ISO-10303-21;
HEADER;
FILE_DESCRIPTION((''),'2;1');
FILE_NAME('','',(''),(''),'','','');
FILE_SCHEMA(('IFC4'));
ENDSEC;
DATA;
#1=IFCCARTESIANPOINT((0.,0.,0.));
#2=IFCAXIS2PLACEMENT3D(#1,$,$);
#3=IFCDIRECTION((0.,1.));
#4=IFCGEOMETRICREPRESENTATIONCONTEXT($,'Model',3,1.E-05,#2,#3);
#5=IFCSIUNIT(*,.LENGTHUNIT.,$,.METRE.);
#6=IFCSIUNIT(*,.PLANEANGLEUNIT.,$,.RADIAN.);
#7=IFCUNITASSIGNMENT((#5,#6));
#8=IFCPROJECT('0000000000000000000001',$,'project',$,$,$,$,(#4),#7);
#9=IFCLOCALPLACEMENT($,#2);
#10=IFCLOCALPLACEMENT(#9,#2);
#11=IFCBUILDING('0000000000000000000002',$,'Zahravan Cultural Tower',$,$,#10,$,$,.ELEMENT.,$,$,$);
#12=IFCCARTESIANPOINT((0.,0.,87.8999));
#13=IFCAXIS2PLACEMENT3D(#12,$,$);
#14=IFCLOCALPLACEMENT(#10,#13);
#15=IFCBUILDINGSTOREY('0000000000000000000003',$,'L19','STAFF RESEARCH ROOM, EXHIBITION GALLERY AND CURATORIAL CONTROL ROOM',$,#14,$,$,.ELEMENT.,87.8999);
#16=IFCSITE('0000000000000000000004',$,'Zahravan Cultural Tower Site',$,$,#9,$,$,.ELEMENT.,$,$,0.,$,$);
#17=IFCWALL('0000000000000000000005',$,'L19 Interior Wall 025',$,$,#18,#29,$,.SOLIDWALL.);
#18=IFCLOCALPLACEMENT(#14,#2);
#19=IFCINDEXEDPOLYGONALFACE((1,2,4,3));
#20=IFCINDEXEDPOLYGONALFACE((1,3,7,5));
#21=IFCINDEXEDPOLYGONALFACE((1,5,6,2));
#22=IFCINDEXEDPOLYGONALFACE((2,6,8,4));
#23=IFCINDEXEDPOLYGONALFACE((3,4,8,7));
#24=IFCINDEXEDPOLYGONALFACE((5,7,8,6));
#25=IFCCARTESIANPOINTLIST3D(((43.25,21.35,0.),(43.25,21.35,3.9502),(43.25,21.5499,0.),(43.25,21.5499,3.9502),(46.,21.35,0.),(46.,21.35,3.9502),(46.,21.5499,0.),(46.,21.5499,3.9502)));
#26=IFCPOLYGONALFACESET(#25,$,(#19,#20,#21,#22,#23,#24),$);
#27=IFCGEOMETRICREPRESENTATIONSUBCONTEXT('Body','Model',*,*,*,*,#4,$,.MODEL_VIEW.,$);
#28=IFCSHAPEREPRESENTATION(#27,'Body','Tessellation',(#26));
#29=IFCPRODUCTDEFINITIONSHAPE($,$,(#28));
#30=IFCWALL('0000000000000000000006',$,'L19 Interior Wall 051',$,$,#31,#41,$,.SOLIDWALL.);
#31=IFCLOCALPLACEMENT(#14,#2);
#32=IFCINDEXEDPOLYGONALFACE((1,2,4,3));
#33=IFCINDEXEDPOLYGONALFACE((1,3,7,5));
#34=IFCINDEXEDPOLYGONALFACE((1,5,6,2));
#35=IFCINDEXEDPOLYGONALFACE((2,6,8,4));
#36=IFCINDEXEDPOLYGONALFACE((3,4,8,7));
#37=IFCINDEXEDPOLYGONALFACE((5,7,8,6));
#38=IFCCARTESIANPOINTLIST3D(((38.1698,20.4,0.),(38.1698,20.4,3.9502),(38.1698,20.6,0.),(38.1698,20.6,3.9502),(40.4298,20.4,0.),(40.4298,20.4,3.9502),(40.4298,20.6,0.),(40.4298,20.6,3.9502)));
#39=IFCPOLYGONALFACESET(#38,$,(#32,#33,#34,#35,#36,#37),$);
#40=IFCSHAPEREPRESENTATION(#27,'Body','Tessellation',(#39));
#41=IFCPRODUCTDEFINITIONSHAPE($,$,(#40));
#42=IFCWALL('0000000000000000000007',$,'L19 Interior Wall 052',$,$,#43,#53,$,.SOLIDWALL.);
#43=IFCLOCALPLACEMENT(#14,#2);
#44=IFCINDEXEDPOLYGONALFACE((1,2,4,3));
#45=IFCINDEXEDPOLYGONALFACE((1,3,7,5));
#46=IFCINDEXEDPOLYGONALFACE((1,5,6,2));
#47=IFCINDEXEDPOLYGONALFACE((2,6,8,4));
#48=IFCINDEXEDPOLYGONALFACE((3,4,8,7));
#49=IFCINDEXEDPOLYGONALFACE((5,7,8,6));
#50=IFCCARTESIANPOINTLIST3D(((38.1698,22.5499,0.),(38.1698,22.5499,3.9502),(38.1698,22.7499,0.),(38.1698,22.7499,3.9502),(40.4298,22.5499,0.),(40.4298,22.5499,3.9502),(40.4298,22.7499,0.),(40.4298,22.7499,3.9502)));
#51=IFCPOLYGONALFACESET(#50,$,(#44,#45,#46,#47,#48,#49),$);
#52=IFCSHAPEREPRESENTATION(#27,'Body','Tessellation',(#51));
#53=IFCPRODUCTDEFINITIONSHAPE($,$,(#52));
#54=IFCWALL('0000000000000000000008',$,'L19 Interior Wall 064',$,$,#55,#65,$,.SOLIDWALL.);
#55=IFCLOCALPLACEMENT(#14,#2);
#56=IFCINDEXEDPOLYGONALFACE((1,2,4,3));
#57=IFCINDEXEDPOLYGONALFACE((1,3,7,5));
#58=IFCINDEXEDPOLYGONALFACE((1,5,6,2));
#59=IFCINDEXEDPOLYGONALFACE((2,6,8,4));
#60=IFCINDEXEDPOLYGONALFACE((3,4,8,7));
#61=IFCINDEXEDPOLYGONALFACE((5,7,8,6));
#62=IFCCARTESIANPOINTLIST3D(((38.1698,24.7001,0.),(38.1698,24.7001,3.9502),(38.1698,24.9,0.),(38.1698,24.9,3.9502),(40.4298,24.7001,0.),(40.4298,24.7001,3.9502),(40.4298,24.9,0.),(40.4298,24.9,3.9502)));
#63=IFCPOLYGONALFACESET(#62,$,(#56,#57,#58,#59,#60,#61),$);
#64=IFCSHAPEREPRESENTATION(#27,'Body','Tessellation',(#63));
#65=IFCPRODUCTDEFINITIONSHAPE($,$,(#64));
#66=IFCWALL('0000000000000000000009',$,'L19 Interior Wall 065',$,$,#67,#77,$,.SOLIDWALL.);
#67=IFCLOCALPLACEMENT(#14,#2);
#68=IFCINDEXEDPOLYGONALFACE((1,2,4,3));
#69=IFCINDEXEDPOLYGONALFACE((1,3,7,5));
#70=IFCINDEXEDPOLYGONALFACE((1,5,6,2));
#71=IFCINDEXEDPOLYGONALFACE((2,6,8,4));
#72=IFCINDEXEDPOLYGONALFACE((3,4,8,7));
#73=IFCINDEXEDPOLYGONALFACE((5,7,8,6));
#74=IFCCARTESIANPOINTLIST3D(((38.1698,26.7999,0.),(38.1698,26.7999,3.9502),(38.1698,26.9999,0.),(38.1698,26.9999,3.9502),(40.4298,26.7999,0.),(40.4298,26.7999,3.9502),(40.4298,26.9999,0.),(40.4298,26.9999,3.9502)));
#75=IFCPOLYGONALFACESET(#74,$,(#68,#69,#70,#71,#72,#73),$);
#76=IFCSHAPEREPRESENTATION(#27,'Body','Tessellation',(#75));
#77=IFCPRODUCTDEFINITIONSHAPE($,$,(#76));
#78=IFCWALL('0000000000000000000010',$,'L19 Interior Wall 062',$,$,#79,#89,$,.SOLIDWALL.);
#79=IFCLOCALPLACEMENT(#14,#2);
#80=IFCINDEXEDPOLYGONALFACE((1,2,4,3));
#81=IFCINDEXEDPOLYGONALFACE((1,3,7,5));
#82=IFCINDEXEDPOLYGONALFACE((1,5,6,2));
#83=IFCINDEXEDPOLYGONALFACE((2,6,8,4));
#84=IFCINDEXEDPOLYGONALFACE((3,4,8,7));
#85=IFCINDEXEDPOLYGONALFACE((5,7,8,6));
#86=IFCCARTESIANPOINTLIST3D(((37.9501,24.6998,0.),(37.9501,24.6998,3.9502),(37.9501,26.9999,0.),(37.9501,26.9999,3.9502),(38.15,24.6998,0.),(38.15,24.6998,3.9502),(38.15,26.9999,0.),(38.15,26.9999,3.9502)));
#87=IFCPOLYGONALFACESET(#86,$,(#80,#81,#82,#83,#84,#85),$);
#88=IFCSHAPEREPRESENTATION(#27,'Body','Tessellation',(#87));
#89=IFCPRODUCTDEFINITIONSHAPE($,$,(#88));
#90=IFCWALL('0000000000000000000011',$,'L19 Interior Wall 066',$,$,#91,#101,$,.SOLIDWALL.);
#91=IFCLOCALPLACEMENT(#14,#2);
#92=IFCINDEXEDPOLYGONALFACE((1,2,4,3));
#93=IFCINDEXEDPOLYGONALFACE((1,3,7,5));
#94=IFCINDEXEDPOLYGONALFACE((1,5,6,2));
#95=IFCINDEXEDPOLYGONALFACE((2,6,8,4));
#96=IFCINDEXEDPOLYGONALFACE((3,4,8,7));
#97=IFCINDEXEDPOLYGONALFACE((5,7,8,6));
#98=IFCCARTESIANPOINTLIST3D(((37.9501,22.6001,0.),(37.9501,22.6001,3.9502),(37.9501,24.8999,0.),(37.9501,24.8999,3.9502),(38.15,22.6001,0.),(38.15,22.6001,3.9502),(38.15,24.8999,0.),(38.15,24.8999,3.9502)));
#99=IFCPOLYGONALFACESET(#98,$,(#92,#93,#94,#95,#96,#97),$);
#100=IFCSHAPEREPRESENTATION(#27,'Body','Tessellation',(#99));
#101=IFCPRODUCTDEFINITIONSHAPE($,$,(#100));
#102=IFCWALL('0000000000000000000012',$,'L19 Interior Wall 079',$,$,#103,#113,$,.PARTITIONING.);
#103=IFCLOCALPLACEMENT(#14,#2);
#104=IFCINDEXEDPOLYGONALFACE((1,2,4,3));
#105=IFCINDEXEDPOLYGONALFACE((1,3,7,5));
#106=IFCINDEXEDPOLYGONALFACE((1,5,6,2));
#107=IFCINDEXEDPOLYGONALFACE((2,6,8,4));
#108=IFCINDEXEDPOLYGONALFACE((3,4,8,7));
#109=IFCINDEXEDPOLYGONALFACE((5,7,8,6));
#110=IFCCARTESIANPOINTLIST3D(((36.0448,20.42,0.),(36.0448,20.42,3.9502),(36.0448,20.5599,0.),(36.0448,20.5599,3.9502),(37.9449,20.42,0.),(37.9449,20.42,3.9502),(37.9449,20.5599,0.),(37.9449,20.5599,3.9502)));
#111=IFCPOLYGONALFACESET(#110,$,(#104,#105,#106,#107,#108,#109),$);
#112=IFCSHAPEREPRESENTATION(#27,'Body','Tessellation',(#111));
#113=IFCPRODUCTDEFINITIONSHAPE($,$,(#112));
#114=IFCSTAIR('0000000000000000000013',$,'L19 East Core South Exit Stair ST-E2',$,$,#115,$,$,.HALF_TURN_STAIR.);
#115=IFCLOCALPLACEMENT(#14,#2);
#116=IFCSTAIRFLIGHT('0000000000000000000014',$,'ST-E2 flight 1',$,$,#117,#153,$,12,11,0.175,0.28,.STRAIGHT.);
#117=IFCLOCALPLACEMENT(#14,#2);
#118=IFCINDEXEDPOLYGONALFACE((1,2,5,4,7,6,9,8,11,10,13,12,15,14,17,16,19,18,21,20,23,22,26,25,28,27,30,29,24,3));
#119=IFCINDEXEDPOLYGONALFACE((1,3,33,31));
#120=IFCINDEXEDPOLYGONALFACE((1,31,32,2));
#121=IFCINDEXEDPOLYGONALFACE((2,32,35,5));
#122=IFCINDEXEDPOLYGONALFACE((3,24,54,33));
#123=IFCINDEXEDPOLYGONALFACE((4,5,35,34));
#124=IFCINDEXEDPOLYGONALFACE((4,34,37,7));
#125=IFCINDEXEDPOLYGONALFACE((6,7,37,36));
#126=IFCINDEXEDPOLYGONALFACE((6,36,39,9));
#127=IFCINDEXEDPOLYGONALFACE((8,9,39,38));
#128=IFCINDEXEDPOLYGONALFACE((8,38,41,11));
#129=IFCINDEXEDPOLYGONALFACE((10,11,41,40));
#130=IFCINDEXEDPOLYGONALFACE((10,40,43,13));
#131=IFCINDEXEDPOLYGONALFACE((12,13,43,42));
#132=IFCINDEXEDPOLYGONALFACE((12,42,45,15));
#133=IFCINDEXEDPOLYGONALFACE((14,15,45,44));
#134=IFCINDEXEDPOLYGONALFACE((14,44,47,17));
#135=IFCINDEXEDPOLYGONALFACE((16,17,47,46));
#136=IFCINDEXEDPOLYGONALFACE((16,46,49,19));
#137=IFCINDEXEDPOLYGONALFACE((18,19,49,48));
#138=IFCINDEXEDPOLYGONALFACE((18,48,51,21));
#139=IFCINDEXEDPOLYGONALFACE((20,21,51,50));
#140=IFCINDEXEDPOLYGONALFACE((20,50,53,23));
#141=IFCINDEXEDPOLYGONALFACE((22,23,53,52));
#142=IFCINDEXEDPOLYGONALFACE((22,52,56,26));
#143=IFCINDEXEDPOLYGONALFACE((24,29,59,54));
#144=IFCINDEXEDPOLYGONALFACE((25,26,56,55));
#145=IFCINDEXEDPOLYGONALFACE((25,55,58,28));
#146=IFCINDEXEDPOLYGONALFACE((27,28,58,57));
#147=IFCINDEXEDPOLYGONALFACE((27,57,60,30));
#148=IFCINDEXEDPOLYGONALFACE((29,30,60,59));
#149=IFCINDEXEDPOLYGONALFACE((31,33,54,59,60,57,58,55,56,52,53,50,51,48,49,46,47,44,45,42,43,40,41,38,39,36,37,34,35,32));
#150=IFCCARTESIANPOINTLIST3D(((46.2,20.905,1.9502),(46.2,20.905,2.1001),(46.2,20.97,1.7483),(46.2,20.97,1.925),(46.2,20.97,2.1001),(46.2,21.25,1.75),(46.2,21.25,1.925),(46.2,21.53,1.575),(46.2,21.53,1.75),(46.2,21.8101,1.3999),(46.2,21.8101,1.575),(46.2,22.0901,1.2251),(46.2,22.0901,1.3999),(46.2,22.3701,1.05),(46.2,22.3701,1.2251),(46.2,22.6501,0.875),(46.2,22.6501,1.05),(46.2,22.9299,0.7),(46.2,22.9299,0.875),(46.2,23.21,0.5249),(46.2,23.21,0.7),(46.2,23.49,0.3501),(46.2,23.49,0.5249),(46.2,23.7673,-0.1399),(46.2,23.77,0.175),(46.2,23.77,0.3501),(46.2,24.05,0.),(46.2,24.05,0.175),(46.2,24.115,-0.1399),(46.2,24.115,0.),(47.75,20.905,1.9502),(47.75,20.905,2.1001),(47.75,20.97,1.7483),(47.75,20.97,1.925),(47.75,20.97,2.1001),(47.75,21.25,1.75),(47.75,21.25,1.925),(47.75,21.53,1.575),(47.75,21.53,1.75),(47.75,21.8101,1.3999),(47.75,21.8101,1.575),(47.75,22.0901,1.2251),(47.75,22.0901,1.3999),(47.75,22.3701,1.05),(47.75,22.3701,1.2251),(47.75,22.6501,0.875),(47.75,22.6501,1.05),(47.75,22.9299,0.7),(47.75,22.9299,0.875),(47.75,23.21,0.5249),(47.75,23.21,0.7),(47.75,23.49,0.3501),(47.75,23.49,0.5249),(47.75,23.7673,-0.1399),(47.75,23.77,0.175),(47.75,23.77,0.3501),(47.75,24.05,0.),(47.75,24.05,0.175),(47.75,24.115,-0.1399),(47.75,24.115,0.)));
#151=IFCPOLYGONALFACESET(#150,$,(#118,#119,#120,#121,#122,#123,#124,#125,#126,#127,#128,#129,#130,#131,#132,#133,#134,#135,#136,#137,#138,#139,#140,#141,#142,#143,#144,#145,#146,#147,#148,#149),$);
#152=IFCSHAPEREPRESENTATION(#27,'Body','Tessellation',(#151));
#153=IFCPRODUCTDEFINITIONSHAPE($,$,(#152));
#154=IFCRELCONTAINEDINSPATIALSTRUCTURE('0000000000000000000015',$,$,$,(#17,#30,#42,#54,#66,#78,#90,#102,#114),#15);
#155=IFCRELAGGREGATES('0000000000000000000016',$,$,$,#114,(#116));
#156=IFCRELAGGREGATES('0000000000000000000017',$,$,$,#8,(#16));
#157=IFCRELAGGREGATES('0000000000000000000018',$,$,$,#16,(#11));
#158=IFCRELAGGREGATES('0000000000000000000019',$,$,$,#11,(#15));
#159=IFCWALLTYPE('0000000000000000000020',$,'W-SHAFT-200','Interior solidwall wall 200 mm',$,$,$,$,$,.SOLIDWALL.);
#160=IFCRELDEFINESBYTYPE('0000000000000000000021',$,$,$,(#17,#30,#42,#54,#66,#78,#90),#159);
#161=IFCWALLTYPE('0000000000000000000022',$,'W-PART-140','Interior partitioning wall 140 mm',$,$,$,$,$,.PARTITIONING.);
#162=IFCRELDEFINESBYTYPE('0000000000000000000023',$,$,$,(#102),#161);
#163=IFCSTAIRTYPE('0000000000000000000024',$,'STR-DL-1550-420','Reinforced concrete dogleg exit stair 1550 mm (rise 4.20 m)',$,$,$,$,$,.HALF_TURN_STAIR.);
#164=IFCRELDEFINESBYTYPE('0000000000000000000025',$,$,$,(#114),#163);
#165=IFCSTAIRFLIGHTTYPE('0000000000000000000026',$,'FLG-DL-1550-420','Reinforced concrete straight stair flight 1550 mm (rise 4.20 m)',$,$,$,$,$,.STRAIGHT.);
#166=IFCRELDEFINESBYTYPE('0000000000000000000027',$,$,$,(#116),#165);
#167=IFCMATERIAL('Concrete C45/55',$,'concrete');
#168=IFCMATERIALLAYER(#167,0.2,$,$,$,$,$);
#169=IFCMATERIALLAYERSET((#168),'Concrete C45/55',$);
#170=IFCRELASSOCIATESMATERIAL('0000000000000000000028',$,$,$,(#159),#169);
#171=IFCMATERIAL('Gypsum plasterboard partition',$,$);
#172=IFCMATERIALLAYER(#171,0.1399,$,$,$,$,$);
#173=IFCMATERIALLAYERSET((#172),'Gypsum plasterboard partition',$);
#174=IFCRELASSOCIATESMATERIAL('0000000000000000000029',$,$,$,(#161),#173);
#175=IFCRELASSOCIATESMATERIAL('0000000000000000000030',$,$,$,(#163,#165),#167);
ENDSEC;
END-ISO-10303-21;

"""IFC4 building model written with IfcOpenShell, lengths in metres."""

from ifc_helpers import new_model, si_unit, direction, frame, frame_2d, origin, place, context, subcontext, project, spatial, polyline, rectangle, outline, extrude, source, transform, mapped, material, layer, layer_set, type_object, element, aggregate, save


model = new_model("IFC4")

# Units and contexts
model_context = context("Model", 3, precision=1e-05, world=origin(), true_north=direction((0.0, 1.0)))
body_context = subcontext(model_context, "Body", "Model", "MODEL_VIEW")
ifc_project = project(units=[si_unit("LENGTHUNIT", "METRE"), si_unit("PLANEANGLEUNIT", "RADIAN")], contexts=[model_context])

# Site, building, storey
site_placement = place(None, origin())
site = spatial("IfcSite", under=ifc_project, at=site_placement, Name="Zahravan Cultural Tower Site", CompositionType="ELEMENT", RefElevation=0.0)
building_placement = place(site_placement, origin())
building = spatial("IfcBuilding", under=site, at=building_placement, Name="Zahravan Cultural Tower", CompositionType="ELEMENT")
storey_placement = place(building_placement, frame((0.0, 0.0, 87.8999)))
storey = spatial("IfcBuildingStorey", under=building, at=storey_placement, Name="L19", Description="STAFF RESEARCH ROOM, EXHIBITION GALLERY AND CURATORIAL CONTROL ROOM", CompositionType="ELEMENT", Elevation=87.8999)

# Shared definitions
ifc_material_1 = material(Name="Gypsum plasterboard partition")
ifc_material_2 = material(Name="Concrete C45/55", Category="concrete")
ifc_layer_1 = layer(ifc_material_2, 0.2)
ifc_layer_set_1 = layer_set([ifc_layer_1], Name="Concrete C45/55")
wall_type_1 = type_object("IfcWallType", Name="W-SHAFT-200", Description="Interior solidwall wall 200 mm", PredefinedType="SOLIDWALL", material=ifc_layer_set_1)

# Walls
shared_shape_1 = source(origin(), body_context, "Body", "SweptSolid", [
    extrude(rectangle(XDim=2.75, YDim=0.2, at=frame_2d((1.375, 0.0))), origin(), (0.0, 0.0, 1.0), 3.9502),
])
for number, where, z_axis, x_axis, name in (
    (1, (43.25, 21.45, 0.0), (0.0, 0.0, 1.0), (1.0, 0.0, 0.0), "L19 Interior Wall 025"),
):
    element("IfcWall", number, at=place(storey_placement, frame(where, z_axis=z_axis, x_axis=x_axis)), inside=storey, type_object=wall_type_1, Name=name, PredefinedType="SOLIDWALL", context=body_context, shape_type="MappedRepresentation", body=[
        mapped(shared_shape_1, transform((0.0, 0.0, 0.0), x_axis=(1.0, 0.0, 0.0), y_axis=(0.0, 1.0, 0.0), z_axis=(0.0, 0.0, 1.0), scale=1.0)),
    ])
shared_shape_2 = source(origin(), body_context, "Body", "SweptSolid", [
    extrude(rectangle(XDim=2.26, YDim=0.2, at=frame_2d((1.1299, 0.0))), origin(), (0.0, 0.0, 1.0), 3.9502),
])
for number, where, z_axis, x_axis, name in (
    (2, (38.1699, 20.5, 0.0), (0.0, 0.0, 1.0), (1.0, 0.0, 0.0), "L19 Interior Wall 051"),
    (3, (38.1699, 22.6499, 0.0), (0.0, 0.0, 1.0), (1.0, 0.0, 0.0), "L19 Interior Wall 052"),
    (4, (38.1699, 24.8, 0.0), (0.0, 0.0, 1.0), (1.0, 0.0, 0.0), "L19 Interior Wall 064"),
    (5, (38.1699, 26.8999, 0.0), (0.0, 0.0, 1.0), (1.0, 0.0, 0.0), "L19 Interior Wall 065"),
):
    element("IfcWall", number, at=place(storey_placement, frame(where, z_axis=z_axis, x_axis=x_axis)), inside=storey, type_object=wall_type_1, Name=name, PredefinedType="SOLIDWALL", context=body_context, shape_type="MappedRepresentation", body=[
        mapped(shared_shape_2, transform((0.0, 0.0, 0.0), x_axis=(1.0, 0.0, 0.0), y_axis=(0.0, 1.0, 0.0), z_axis=(0.0, 0.0, 1.0), scale=1.0)),
    ])
shared_shape_3 = source(origin(), body_context, "Body", "SweptSolid", [
    extrude(rectangle(XDim=2.3, YDim=0.2, at=frame_2d((1.1499, 0.0))), origin(), (0.0, 0.0, 1.0), 3.9502),
])
wall_1_placement = place(storey_placement, frame((38.05, 24.7, 0.0), z_axis=(0.0, 0.0, 1.0), x_axis=(0.0, 1.0, 0.0)))
element("IfcWall", 6, at=wall_1_placement, inside=storey, type_object=wall_type_1, Name="L19 Interior Wall 062", PredefinedType="SOLIDWALL", context=body_context, shape_type="MappedRepresentation", body=[
    mapped(shared_shape_3, transform((0.0, 0.0, 0.0), x_axis=(1.0, 0.0, 0.0), y_axis=(0.0, 1.0, 0.0), z_axis=(0.0, 0.0, 1.0), scale=1.0)),
])
shared_shape_4 = source(origin(), body_context, "Body", "SweptSolid", [
    extrude(rectangle(XDim=2.2998, YDim=0.2, at=frame_2d((1.1499, 0.0))), origin(), (0.0, 0.0, 1.0), 3.9502),
])
wall_2_placement = place(storey_placement, frame((38.05, 22.6001, 0.0), z_axis=(0.0, 0.0, 1.0), x_axis=(0.0, 1.0, 0.0)))
element("IfcWall", 7, at=wall_2_placement, inside=storey, type_object=wall_type_1, Name="L19 Interior Wall 066", PredefinedType="SOLIDWALL", context=body_context, shape_type="MappedRepresentation", body=[
    mapped(shared_shape_4, transform((0.0, 0.0, 0.0), x_axis=(1.0, 0.0, 0.0), y_axis=(0.0, 1.0, 0.0), z_axis=(0.0, 0.0, 1.0), scale=1.0)),
])
ifc_layer_2 = layer(ifc_material_1, 0.1399)
ifc_layer_set_2 = layer_set([ifc_layer_2], Name="Gypsum plasterboard partition")
wall_type_2 = type_object("IfcWallType", Name="W-PART-140", Description="Interior partitioning wall 140 mm", PredefinedType="PARTITIONING", material=ifc_layer_set_2)
shared_shape_5 = source(origin(), body_context, "Body", "SweptSolid", [
    extrude(rectangle(XDim=1.9001, YDim=0.1399, at=frame_2d((0.9502, 0.0))), origin(), (0.0, 0.0, 1.0), 3.9502),
])
wall_3_placement = place(storey_placement, frame((37.9451, 20.49, 0.0), z_axis=(0.0, 0.0, 1.0), x_axis=(-1.0, 0.0, 0.0)))
element("IfcWall", 8, at=wall_3_placement, inside=storey, type_object=wall_type_2, Name="L19 Interior Wall 079", PredefinedType="PARTITIONING", context=body_context, shape_type="MappedRepresentation", body=[
    mapped(shared_shape_5, transform((0.0, 0.0, 0.0), x_axis=(1.0, 0.0, 0.0), y_axis=(0.0, 1.0, 0.0), z_axis=(0.0, 0.0, 1.0), scale=1.0)),
])

# Stair, stair flight
stair_type = type_object("IfcStairType", Name="STR-DL-1550-420", Description="Reinforced concrete dogleg exit stair 1550 mm (rise 4.20 m)", PredefinedType="HALF_TURN_STAIR", material=ifc_material_2)
stair_placement = place(storey_placement, origin())
stair = element("IfcStair", 9, at=stair_placement, inside=storey, type_object=stair_type, Name="L19 East Core South Exit Stair ST-E2", PredefinedType="HALF_TURN_STAIR")
stair_flight_type = type_object("IfcStairFlightType", Name="FLG-DL-1550-420", Description="Reinforced concrete straight stair flight 1550 mm (rise 4.20 m)", PredefinedType="STRAIGHT", material=ifc_material_2)
stair_flight_placement = place(storey_placement, frame((46.9751, 24.05, 0.0), z_axis=(0.0, 0.0, 1.0), x_axis=(0.0, -1.0, 0.0)))
stair_flight = element("IfcStairFlight", 10, at=stair_flight_placement, type_object=stair_flight_type, Name="ST-E2 flight 1", NumberOfRisers=12, NumberOfTreads=11, PredefinedType="STRAIGHT", RiserHeight=0.175, TreadLength=0.28, context=body_context, shape_type="SweptSolid", body=[
    extrude(outline(polyline([(-0.0649, -0.1399), (-0.0649, 0.0), (0.0, 0.0), (0.0, 0.175), (0.28, 0.175), (0.28, 0.3501), (0.5601, 0.3501), (0.5601, 0.5249), (0.8401, 0.5249), (0.8401, 0.7), (1.1201, 0.7), (1.1201, 0.875), (1.3999, 0.875), (1.3999, 1.05), (1.6799, 1.05), (1.6799, 1.2251), (1.96, 1.2251), (1.96, 1.3999), (2.24, 1.3999), (2.24, 1.575), (2.52, 1.575), (2.52, 1.75), (2.8, 1.75), (2.8, 1.925), (3.0801, 1.925), (3.0801, 2.1001), (3.145, 2.1001), (3.145, 1.9502), (3.0801, 1.7483), (0.2827, -0.1399), (-0.0649, -0.1399)])), frame((0.0, 0.7749, 0.0), z_axis=(0.0, -1.0, 0.0), x_axis=(1.0, 0.0, 0.0)), (0.0, 0.0, 1.0), 1.55),
])
aggregate(stair, [stair_flight])

save(model, "model.ifc")
